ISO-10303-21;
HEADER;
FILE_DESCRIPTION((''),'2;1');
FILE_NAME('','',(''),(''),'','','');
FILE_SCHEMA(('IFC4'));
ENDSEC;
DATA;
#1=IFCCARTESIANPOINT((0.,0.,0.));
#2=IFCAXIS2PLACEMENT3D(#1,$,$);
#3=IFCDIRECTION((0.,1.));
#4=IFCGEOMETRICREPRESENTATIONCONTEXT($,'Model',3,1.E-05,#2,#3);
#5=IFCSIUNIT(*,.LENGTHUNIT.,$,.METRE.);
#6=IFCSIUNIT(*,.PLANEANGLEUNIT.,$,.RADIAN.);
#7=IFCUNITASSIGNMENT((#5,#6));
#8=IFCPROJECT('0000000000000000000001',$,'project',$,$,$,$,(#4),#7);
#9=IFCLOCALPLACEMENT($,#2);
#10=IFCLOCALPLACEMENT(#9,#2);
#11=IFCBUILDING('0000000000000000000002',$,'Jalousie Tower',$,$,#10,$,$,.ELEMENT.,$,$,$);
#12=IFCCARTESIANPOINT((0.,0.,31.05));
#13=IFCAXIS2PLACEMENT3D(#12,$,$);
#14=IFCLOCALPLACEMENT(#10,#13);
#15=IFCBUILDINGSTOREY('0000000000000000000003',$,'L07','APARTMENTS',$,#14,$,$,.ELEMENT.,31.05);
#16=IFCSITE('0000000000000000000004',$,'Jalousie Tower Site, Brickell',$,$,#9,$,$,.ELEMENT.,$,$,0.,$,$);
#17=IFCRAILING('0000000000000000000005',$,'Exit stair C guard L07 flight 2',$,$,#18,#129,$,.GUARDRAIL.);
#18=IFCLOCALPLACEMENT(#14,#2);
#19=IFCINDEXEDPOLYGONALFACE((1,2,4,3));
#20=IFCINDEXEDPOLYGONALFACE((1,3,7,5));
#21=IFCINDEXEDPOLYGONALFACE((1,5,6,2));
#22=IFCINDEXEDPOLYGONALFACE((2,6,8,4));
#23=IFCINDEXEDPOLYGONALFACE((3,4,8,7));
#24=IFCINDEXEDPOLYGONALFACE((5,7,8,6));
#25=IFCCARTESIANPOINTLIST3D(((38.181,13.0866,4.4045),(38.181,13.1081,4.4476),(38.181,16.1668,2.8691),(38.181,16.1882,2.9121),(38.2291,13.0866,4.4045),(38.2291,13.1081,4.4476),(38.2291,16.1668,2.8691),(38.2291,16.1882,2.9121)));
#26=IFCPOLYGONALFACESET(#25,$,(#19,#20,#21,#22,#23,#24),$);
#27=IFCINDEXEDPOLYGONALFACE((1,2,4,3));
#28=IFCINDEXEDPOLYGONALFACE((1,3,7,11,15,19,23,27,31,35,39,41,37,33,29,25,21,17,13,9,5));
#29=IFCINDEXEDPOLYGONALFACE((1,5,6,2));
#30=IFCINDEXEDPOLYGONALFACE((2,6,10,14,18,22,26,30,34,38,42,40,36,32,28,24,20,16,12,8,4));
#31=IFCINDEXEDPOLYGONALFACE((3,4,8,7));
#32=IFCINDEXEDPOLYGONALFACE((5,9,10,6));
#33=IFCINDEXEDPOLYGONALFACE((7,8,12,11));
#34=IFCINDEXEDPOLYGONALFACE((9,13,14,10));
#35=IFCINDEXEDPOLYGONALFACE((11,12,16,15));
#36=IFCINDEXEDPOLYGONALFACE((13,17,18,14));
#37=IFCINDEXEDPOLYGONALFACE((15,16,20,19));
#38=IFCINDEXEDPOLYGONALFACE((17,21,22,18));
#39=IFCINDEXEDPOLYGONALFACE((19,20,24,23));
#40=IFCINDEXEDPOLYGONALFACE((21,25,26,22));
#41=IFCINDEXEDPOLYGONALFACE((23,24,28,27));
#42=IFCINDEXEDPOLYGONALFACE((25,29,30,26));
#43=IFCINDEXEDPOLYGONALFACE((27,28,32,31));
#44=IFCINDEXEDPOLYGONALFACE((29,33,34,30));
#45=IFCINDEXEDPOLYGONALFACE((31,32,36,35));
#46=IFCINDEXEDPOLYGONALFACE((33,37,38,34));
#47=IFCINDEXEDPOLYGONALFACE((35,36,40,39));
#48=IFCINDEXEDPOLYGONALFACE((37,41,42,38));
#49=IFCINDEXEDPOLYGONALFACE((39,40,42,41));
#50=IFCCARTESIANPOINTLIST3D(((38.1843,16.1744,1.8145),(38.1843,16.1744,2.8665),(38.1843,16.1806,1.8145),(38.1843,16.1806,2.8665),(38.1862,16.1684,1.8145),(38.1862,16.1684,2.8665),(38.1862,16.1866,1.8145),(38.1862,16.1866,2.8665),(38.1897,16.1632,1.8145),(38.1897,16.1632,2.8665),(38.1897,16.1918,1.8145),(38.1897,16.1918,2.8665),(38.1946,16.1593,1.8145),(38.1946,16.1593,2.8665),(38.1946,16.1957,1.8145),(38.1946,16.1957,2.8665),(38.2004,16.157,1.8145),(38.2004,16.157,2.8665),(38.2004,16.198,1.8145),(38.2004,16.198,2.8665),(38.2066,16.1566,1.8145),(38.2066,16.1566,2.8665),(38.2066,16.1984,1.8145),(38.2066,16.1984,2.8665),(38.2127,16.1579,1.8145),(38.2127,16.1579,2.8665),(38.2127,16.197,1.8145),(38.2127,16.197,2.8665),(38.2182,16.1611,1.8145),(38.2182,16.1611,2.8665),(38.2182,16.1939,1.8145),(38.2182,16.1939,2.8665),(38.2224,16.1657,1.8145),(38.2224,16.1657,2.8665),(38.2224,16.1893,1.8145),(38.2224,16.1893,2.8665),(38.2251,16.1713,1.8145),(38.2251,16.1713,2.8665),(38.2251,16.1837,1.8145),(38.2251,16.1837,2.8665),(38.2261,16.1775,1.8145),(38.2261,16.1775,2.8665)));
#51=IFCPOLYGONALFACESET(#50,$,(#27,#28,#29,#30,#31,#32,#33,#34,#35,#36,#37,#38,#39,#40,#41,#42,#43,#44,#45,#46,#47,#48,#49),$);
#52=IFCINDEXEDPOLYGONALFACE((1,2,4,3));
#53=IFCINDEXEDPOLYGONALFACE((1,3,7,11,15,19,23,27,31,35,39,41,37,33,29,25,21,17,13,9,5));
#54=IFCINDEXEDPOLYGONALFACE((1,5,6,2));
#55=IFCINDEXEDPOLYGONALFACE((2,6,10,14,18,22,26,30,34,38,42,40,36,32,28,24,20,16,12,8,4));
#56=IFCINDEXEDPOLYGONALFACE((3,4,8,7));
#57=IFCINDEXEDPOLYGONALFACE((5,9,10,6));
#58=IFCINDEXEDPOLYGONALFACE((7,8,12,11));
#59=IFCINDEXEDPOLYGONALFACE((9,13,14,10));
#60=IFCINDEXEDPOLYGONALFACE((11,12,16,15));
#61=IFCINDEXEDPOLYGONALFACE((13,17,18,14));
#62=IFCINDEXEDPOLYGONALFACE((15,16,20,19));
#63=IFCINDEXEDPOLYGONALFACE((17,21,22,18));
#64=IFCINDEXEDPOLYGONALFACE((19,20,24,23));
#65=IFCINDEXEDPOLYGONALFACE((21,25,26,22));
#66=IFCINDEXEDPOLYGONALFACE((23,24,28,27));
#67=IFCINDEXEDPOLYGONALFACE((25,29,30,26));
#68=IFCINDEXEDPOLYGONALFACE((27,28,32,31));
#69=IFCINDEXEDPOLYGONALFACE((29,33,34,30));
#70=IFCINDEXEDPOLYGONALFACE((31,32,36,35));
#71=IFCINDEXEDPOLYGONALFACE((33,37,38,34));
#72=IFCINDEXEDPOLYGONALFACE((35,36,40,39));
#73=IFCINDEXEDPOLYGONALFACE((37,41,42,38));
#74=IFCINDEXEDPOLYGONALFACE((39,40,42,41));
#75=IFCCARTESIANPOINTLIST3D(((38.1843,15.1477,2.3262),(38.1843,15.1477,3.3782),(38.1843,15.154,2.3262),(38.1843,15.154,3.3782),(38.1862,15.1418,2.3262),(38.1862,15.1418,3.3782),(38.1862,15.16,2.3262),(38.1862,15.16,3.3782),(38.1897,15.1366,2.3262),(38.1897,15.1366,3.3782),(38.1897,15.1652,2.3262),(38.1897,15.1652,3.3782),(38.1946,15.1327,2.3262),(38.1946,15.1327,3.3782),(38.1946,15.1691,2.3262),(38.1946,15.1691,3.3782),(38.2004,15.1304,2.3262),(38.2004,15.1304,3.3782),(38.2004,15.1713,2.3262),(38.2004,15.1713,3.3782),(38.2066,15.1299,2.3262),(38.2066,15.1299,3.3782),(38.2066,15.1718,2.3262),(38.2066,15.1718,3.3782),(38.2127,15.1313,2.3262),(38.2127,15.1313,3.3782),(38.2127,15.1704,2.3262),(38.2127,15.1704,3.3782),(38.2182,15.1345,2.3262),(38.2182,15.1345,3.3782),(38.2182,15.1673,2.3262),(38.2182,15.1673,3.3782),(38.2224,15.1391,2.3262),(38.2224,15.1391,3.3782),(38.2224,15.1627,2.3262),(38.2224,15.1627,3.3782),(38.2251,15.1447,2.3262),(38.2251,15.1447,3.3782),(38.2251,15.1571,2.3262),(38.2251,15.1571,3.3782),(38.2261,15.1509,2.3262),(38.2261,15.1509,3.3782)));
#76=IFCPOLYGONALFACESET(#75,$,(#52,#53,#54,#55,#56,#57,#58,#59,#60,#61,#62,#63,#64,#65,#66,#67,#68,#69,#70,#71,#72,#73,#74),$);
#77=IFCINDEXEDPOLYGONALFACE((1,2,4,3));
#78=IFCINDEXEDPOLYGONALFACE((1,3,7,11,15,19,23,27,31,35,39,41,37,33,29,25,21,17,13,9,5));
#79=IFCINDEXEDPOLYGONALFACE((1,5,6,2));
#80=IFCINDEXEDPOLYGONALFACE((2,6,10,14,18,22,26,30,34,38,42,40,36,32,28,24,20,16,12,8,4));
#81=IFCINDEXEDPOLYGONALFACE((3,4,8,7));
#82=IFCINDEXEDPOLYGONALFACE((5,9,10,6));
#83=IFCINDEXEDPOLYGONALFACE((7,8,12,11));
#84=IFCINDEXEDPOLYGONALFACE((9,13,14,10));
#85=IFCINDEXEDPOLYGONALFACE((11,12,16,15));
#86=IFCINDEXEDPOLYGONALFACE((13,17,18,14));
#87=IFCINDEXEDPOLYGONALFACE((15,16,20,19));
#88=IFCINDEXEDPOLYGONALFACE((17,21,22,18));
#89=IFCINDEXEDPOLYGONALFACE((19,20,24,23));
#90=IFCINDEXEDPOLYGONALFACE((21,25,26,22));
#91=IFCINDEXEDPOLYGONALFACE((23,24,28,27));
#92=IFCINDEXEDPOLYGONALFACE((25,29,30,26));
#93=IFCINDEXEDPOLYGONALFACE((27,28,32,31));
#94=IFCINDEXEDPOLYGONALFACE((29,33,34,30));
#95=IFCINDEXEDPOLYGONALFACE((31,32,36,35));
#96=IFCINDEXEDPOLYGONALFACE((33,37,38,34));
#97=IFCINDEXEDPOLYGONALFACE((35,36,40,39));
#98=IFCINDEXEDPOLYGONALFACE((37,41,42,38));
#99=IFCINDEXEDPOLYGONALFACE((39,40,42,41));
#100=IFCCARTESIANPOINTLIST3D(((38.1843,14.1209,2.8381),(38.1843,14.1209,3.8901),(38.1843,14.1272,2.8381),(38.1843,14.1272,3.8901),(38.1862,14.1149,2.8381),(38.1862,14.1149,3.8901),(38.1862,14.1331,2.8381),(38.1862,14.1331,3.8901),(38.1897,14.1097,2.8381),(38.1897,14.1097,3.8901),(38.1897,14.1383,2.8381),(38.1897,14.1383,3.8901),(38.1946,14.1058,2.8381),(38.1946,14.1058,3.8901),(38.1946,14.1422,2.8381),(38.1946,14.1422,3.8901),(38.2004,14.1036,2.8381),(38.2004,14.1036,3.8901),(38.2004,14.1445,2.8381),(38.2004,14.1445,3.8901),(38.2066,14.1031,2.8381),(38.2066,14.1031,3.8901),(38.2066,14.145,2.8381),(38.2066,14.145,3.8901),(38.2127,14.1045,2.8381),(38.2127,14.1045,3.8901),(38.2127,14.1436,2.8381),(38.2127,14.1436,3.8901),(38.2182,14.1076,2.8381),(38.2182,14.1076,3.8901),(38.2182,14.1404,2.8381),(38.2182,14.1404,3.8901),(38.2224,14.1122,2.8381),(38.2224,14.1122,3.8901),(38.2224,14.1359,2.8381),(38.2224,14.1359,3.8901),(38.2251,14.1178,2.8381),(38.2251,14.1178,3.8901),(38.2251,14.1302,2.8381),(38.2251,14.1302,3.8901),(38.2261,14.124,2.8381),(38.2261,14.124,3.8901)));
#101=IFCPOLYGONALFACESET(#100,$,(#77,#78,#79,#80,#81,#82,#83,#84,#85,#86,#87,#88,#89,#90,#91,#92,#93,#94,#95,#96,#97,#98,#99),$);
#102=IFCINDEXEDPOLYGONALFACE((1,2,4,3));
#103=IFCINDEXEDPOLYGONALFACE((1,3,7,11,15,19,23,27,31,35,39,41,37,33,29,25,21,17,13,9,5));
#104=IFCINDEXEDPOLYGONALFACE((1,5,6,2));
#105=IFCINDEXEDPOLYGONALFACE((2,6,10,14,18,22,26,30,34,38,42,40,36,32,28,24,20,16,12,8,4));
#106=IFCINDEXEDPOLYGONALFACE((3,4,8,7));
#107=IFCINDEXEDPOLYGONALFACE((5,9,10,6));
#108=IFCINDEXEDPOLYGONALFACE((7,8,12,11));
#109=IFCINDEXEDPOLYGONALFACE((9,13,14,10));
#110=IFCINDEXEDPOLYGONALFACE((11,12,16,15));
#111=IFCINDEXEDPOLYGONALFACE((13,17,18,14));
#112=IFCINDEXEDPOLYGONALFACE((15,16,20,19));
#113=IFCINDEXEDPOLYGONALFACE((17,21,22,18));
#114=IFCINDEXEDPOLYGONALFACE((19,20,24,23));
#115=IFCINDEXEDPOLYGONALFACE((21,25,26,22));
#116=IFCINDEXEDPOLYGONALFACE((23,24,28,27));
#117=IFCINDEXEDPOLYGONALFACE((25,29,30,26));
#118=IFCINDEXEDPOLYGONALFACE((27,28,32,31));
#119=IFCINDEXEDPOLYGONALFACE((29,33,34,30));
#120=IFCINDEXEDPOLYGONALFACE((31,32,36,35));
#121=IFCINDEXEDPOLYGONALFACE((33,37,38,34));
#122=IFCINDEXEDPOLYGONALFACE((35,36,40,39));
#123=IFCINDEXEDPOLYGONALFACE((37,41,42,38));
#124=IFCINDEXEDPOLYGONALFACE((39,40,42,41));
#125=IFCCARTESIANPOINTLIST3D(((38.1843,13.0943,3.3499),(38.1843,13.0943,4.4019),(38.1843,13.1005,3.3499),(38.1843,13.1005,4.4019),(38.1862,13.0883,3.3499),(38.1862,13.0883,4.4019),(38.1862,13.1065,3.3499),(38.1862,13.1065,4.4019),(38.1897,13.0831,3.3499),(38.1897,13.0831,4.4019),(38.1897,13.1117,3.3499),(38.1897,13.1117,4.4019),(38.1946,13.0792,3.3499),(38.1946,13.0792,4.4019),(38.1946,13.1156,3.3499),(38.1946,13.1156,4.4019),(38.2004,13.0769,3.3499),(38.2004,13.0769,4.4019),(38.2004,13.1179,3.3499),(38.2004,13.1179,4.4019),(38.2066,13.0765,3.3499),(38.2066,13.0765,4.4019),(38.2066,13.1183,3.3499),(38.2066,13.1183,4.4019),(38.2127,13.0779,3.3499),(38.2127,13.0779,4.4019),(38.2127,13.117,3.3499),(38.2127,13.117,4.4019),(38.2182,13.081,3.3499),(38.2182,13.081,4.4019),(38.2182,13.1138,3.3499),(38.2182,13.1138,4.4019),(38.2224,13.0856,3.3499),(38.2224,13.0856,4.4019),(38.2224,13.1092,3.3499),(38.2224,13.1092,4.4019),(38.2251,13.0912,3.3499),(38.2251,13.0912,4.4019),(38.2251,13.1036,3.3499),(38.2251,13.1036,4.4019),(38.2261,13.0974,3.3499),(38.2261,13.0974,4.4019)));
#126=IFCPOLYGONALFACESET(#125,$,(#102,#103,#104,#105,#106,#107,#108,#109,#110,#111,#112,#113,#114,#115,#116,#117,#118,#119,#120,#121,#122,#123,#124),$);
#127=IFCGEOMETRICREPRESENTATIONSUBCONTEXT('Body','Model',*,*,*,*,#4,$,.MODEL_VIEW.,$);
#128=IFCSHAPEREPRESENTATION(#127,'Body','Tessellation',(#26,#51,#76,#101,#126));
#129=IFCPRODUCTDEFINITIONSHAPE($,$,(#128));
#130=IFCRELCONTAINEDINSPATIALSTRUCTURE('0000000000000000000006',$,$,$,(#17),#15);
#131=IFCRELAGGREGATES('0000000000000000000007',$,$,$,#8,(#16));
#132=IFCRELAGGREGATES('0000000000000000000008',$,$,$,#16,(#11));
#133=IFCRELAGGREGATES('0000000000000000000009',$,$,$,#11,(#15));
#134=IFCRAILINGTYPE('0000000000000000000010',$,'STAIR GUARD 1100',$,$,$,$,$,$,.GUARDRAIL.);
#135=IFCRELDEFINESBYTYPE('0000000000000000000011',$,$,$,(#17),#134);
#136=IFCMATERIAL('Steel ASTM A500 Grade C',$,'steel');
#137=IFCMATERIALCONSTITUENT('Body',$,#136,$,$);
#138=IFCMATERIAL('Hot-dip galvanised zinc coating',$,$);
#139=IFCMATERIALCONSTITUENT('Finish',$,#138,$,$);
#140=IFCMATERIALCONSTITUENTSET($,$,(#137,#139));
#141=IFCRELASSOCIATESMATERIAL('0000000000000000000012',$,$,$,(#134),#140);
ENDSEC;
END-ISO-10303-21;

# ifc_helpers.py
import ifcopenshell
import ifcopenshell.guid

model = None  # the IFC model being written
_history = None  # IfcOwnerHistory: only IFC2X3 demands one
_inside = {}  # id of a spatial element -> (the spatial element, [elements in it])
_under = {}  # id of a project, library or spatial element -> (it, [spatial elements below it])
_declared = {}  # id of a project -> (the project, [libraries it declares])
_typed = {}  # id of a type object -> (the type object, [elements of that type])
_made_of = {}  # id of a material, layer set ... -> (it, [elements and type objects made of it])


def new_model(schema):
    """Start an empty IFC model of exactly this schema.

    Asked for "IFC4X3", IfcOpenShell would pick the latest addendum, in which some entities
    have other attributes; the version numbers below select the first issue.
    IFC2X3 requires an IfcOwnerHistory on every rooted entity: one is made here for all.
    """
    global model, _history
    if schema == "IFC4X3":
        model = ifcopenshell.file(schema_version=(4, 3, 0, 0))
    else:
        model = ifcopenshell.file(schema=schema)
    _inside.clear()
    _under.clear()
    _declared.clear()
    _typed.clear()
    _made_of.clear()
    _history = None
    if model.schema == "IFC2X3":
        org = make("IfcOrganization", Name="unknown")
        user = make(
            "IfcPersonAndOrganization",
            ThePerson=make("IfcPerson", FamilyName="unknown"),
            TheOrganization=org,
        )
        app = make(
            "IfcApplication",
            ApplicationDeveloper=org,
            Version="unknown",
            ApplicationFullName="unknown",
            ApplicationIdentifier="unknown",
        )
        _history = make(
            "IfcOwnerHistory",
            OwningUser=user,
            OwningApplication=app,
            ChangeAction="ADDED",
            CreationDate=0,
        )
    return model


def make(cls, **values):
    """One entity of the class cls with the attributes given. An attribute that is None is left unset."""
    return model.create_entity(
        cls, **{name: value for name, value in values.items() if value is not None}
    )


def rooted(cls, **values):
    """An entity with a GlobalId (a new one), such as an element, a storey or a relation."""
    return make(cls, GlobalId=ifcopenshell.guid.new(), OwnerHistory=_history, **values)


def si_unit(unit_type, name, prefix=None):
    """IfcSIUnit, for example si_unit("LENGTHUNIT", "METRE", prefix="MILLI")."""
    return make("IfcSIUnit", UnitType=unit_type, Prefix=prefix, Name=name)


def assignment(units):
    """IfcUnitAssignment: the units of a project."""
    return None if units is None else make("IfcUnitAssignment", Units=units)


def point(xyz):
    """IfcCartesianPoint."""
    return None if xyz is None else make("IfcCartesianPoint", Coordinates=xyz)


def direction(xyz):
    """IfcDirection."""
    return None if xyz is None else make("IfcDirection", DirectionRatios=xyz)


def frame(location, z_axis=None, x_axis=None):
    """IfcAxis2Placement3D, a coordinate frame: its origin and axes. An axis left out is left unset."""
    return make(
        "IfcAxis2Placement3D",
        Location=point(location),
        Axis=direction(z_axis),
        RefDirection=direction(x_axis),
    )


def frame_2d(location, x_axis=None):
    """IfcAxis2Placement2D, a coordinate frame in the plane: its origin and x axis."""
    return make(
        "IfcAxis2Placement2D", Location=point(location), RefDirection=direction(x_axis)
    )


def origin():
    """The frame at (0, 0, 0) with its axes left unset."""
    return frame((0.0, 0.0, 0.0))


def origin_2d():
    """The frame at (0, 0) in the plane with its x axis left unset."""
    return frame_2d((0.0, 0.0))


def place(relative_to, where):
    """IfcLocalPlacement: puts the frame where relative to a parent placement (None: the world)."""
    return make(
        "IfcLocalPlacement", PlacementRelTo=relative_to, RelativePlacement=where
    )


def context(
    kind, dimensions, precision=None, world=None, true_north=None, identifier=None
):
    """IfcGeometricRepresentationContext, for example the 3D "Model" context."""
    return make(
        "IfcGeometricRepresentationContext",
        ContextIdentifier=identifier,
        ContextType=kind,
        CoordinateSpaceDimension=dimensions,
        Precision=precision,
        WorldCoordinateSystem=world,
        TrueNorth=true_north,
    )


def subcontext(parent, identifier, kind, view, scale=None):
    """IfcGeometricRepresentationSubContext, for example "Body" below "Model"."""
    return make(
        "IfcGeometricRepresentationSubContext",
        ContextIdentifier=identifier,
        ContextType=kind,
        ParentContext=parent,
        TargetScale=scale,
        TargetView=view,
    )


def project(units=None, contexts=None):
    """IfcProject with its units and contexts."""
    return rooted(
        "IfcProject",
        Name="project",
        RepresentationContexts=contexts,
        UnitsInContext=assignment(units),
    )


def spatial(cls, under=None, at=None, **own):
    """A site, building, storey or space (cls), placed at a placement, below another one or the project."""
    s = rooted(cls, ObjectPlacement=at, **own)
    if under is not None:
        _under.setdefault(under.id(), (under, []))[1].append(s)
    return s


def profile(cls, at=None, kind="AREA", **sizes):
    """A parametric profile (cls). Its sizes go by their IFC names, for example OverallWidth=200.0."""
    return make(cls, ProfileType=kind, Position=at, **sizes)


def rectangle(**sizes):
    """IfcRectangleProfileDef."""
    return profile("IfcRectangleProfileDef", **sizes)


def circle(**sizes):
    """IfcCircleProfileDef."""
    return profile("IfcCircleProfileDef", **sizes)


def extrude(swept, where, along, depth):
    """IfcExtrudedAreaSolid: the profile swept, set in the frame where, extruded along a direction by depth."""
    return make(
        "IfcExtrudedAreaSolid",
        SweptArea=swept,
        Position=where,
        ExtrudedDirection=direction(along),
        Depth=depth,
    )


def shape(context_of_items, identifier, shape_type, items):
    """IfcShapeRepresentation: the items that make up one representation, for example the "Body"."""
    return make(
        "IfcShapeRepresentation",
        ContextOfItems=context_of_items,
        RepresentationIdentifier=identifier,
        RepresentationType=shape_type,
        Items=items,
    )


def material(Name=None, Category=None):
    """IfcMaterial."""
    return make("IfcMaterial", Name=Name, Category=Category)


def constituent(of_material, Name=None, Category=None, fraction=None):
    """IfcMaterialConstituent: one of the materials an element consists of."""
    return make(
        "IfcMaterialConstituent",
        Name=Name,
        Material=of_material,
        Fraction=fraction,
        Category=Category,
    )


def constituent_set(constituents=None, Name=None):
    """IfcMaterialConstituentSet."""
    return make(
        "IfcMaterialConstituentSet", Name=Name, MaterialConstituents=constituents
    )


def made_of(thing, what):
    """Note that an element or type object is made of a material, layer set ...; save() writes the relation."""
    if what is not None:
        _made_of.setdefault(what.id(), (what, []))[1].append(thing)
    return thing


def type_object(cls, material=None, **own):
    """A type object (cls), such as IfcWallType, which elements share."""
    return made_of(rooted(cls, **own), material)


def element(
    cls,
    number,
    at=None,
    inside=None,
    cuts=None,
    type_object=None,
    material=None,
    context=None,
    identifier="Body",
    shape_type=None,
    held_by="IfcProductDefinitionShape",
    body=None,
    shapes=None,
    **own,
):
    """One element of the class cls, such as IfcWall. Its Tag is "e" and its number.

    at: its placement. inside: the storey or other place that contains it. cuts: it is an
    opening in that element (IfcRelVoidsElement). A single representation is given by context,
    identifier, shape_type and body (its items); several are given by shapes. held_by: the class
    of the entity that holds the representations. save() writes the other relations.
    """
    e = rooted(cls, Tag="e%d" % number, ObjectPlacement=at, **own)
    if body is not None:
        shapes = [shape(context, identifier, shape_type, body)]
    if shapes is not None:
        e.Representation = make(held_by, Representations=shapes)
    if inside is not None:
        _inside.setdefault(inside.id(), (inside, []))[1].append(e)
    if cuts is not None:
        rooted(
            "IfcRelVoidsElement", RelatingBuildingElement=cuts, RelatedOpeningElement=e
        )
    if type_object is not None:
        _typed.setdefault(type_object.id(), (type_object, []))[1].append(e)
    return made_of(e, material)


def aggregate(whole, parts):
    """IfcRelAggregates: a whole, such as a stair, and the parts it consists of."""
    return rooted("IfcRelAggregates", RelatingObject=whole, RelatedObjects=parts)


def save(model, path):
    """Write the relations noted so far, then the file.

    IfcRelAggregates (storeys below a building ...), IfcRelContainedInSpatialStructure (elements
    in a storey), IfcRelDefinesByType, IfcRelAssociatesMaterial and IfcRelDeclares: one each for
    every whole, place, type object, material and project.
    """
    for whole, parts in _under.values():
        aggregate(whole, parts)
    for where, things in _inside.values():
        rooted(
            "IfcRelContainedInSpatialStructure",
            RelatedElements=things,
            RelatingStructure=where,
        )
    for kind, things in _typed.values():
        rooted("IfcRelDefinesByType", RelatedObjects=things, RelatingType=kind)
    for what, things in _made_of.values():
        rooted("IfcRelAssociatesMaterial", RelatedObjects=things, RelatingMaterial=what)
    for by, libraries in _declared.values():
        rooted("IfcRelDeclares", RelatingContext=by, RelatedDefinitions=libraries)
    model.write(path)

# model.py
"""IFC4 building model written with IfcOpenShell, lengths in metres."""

from ifc_helpers import new_model, si_unit, direction, frame, origin, origin_2d, place, context, subcontext, project, spatial, rectangle, circle, extrude, material, constituent, constituent_set, type_object, element, save


model = new_model("IFC4")

# Units and contexts
model_context = context("Model", 3, precision=1e-05, world=origin(), true_north=direction((0.0, 1.0)))
body_context = subcontext(model_context, "Body", "Model", "MODEL_VIEW")
ifc_project = project(units=[si_unit("LENGTHUNIT", "METRE"), si_unit("PLANEANGLEUNIT", "RADIAN")], contexts=[model_context])

# Site, building, storey
site_placement = place(None, origin())
site = spatial("IfcSite", under=ifc_project, at=site_placement, Name="Jalousie Tower Site, Brickell", CompositionType="ELEMENT", RefElevation=0.0)
building_placement = place(site_placement, origin())
building = spatial("IfcBuilding", under=site, at=building_placement, Name="Jalousie Tower", CompositionType="ELEMENT")
storey_placement = place(building_placement, frame((0.0, 0.0, 31.05)))
storey = spatial("IfcBuildingStorey", under=building, at=storey_placement, Name="L07", Description="APARTMENTS", CompositionType="ELEMENT", Elevation=31.05)

# Railing
ifc_material_1 = material(Name="Steel ASTM A500 Grade C", Category="steel")
ifc_constituent_1 = constituent(ifc_material_1, Name="Body")
ifc_material_2 = material(Name="Hot-dip galvanised zinc coating")
ifc_constituent_2 = constituent(ifc_material_2, Name="Finish")
ifc_constituent_set = constituent_set(constituents=[ifc_constituent_1, ifc_constituent_2])
railing_type = type_object("IfcRailingType", Name="STAIR GUARD 1100", PredefinedType="GUARDRAIL", material=ifc_constituent_set)
railing_1_placement = place(storey_placement, frame((38.2051, 16.1775, 1.8145)))
element("IfcRailing", 1, at=railing_1_placement, inside=storey, type_object=railing_type, Name="Exit stair C guard L07 flight 2", PredefinedType="GUARDRAIL", context=body_context, shape_type="SweptSolid", body=[
    extrude(rectangle(XDim=0.0481, YDim=0.0481, at=origin_2d()), frame((0.0, 0.0, 1.0762), z_axis=(0.0, -0.894966, 0.446135), x_axis=(1.0, 0.0, 0.0)), (0.0, 0.0, 1.0), 3.4417),
    extrude(circle(Radius=0.021, at=origin_2d()), origin(), (0.0, 0.0, 1.0), 1.052),
    extrude(circle(Radius=0.021, at=origin_2d()), frame((0.0, -1.0266, 0.5117)), (0.0, 0.0, 1.0), 1.052),
    extrude(circle(Radius=0.021, at=origin_2d()), frame((0.0, -2.0535, 1.0237)), (0.0, 0.0, 1.0), 1.052),
    extrude(circle(Radius=0.021, at=origin_2d()), frame((0.0, -3.0801, 1.5354)), (0.0, 0.0, 1.0), 1.052),
])

save(model, "model.ifc")
